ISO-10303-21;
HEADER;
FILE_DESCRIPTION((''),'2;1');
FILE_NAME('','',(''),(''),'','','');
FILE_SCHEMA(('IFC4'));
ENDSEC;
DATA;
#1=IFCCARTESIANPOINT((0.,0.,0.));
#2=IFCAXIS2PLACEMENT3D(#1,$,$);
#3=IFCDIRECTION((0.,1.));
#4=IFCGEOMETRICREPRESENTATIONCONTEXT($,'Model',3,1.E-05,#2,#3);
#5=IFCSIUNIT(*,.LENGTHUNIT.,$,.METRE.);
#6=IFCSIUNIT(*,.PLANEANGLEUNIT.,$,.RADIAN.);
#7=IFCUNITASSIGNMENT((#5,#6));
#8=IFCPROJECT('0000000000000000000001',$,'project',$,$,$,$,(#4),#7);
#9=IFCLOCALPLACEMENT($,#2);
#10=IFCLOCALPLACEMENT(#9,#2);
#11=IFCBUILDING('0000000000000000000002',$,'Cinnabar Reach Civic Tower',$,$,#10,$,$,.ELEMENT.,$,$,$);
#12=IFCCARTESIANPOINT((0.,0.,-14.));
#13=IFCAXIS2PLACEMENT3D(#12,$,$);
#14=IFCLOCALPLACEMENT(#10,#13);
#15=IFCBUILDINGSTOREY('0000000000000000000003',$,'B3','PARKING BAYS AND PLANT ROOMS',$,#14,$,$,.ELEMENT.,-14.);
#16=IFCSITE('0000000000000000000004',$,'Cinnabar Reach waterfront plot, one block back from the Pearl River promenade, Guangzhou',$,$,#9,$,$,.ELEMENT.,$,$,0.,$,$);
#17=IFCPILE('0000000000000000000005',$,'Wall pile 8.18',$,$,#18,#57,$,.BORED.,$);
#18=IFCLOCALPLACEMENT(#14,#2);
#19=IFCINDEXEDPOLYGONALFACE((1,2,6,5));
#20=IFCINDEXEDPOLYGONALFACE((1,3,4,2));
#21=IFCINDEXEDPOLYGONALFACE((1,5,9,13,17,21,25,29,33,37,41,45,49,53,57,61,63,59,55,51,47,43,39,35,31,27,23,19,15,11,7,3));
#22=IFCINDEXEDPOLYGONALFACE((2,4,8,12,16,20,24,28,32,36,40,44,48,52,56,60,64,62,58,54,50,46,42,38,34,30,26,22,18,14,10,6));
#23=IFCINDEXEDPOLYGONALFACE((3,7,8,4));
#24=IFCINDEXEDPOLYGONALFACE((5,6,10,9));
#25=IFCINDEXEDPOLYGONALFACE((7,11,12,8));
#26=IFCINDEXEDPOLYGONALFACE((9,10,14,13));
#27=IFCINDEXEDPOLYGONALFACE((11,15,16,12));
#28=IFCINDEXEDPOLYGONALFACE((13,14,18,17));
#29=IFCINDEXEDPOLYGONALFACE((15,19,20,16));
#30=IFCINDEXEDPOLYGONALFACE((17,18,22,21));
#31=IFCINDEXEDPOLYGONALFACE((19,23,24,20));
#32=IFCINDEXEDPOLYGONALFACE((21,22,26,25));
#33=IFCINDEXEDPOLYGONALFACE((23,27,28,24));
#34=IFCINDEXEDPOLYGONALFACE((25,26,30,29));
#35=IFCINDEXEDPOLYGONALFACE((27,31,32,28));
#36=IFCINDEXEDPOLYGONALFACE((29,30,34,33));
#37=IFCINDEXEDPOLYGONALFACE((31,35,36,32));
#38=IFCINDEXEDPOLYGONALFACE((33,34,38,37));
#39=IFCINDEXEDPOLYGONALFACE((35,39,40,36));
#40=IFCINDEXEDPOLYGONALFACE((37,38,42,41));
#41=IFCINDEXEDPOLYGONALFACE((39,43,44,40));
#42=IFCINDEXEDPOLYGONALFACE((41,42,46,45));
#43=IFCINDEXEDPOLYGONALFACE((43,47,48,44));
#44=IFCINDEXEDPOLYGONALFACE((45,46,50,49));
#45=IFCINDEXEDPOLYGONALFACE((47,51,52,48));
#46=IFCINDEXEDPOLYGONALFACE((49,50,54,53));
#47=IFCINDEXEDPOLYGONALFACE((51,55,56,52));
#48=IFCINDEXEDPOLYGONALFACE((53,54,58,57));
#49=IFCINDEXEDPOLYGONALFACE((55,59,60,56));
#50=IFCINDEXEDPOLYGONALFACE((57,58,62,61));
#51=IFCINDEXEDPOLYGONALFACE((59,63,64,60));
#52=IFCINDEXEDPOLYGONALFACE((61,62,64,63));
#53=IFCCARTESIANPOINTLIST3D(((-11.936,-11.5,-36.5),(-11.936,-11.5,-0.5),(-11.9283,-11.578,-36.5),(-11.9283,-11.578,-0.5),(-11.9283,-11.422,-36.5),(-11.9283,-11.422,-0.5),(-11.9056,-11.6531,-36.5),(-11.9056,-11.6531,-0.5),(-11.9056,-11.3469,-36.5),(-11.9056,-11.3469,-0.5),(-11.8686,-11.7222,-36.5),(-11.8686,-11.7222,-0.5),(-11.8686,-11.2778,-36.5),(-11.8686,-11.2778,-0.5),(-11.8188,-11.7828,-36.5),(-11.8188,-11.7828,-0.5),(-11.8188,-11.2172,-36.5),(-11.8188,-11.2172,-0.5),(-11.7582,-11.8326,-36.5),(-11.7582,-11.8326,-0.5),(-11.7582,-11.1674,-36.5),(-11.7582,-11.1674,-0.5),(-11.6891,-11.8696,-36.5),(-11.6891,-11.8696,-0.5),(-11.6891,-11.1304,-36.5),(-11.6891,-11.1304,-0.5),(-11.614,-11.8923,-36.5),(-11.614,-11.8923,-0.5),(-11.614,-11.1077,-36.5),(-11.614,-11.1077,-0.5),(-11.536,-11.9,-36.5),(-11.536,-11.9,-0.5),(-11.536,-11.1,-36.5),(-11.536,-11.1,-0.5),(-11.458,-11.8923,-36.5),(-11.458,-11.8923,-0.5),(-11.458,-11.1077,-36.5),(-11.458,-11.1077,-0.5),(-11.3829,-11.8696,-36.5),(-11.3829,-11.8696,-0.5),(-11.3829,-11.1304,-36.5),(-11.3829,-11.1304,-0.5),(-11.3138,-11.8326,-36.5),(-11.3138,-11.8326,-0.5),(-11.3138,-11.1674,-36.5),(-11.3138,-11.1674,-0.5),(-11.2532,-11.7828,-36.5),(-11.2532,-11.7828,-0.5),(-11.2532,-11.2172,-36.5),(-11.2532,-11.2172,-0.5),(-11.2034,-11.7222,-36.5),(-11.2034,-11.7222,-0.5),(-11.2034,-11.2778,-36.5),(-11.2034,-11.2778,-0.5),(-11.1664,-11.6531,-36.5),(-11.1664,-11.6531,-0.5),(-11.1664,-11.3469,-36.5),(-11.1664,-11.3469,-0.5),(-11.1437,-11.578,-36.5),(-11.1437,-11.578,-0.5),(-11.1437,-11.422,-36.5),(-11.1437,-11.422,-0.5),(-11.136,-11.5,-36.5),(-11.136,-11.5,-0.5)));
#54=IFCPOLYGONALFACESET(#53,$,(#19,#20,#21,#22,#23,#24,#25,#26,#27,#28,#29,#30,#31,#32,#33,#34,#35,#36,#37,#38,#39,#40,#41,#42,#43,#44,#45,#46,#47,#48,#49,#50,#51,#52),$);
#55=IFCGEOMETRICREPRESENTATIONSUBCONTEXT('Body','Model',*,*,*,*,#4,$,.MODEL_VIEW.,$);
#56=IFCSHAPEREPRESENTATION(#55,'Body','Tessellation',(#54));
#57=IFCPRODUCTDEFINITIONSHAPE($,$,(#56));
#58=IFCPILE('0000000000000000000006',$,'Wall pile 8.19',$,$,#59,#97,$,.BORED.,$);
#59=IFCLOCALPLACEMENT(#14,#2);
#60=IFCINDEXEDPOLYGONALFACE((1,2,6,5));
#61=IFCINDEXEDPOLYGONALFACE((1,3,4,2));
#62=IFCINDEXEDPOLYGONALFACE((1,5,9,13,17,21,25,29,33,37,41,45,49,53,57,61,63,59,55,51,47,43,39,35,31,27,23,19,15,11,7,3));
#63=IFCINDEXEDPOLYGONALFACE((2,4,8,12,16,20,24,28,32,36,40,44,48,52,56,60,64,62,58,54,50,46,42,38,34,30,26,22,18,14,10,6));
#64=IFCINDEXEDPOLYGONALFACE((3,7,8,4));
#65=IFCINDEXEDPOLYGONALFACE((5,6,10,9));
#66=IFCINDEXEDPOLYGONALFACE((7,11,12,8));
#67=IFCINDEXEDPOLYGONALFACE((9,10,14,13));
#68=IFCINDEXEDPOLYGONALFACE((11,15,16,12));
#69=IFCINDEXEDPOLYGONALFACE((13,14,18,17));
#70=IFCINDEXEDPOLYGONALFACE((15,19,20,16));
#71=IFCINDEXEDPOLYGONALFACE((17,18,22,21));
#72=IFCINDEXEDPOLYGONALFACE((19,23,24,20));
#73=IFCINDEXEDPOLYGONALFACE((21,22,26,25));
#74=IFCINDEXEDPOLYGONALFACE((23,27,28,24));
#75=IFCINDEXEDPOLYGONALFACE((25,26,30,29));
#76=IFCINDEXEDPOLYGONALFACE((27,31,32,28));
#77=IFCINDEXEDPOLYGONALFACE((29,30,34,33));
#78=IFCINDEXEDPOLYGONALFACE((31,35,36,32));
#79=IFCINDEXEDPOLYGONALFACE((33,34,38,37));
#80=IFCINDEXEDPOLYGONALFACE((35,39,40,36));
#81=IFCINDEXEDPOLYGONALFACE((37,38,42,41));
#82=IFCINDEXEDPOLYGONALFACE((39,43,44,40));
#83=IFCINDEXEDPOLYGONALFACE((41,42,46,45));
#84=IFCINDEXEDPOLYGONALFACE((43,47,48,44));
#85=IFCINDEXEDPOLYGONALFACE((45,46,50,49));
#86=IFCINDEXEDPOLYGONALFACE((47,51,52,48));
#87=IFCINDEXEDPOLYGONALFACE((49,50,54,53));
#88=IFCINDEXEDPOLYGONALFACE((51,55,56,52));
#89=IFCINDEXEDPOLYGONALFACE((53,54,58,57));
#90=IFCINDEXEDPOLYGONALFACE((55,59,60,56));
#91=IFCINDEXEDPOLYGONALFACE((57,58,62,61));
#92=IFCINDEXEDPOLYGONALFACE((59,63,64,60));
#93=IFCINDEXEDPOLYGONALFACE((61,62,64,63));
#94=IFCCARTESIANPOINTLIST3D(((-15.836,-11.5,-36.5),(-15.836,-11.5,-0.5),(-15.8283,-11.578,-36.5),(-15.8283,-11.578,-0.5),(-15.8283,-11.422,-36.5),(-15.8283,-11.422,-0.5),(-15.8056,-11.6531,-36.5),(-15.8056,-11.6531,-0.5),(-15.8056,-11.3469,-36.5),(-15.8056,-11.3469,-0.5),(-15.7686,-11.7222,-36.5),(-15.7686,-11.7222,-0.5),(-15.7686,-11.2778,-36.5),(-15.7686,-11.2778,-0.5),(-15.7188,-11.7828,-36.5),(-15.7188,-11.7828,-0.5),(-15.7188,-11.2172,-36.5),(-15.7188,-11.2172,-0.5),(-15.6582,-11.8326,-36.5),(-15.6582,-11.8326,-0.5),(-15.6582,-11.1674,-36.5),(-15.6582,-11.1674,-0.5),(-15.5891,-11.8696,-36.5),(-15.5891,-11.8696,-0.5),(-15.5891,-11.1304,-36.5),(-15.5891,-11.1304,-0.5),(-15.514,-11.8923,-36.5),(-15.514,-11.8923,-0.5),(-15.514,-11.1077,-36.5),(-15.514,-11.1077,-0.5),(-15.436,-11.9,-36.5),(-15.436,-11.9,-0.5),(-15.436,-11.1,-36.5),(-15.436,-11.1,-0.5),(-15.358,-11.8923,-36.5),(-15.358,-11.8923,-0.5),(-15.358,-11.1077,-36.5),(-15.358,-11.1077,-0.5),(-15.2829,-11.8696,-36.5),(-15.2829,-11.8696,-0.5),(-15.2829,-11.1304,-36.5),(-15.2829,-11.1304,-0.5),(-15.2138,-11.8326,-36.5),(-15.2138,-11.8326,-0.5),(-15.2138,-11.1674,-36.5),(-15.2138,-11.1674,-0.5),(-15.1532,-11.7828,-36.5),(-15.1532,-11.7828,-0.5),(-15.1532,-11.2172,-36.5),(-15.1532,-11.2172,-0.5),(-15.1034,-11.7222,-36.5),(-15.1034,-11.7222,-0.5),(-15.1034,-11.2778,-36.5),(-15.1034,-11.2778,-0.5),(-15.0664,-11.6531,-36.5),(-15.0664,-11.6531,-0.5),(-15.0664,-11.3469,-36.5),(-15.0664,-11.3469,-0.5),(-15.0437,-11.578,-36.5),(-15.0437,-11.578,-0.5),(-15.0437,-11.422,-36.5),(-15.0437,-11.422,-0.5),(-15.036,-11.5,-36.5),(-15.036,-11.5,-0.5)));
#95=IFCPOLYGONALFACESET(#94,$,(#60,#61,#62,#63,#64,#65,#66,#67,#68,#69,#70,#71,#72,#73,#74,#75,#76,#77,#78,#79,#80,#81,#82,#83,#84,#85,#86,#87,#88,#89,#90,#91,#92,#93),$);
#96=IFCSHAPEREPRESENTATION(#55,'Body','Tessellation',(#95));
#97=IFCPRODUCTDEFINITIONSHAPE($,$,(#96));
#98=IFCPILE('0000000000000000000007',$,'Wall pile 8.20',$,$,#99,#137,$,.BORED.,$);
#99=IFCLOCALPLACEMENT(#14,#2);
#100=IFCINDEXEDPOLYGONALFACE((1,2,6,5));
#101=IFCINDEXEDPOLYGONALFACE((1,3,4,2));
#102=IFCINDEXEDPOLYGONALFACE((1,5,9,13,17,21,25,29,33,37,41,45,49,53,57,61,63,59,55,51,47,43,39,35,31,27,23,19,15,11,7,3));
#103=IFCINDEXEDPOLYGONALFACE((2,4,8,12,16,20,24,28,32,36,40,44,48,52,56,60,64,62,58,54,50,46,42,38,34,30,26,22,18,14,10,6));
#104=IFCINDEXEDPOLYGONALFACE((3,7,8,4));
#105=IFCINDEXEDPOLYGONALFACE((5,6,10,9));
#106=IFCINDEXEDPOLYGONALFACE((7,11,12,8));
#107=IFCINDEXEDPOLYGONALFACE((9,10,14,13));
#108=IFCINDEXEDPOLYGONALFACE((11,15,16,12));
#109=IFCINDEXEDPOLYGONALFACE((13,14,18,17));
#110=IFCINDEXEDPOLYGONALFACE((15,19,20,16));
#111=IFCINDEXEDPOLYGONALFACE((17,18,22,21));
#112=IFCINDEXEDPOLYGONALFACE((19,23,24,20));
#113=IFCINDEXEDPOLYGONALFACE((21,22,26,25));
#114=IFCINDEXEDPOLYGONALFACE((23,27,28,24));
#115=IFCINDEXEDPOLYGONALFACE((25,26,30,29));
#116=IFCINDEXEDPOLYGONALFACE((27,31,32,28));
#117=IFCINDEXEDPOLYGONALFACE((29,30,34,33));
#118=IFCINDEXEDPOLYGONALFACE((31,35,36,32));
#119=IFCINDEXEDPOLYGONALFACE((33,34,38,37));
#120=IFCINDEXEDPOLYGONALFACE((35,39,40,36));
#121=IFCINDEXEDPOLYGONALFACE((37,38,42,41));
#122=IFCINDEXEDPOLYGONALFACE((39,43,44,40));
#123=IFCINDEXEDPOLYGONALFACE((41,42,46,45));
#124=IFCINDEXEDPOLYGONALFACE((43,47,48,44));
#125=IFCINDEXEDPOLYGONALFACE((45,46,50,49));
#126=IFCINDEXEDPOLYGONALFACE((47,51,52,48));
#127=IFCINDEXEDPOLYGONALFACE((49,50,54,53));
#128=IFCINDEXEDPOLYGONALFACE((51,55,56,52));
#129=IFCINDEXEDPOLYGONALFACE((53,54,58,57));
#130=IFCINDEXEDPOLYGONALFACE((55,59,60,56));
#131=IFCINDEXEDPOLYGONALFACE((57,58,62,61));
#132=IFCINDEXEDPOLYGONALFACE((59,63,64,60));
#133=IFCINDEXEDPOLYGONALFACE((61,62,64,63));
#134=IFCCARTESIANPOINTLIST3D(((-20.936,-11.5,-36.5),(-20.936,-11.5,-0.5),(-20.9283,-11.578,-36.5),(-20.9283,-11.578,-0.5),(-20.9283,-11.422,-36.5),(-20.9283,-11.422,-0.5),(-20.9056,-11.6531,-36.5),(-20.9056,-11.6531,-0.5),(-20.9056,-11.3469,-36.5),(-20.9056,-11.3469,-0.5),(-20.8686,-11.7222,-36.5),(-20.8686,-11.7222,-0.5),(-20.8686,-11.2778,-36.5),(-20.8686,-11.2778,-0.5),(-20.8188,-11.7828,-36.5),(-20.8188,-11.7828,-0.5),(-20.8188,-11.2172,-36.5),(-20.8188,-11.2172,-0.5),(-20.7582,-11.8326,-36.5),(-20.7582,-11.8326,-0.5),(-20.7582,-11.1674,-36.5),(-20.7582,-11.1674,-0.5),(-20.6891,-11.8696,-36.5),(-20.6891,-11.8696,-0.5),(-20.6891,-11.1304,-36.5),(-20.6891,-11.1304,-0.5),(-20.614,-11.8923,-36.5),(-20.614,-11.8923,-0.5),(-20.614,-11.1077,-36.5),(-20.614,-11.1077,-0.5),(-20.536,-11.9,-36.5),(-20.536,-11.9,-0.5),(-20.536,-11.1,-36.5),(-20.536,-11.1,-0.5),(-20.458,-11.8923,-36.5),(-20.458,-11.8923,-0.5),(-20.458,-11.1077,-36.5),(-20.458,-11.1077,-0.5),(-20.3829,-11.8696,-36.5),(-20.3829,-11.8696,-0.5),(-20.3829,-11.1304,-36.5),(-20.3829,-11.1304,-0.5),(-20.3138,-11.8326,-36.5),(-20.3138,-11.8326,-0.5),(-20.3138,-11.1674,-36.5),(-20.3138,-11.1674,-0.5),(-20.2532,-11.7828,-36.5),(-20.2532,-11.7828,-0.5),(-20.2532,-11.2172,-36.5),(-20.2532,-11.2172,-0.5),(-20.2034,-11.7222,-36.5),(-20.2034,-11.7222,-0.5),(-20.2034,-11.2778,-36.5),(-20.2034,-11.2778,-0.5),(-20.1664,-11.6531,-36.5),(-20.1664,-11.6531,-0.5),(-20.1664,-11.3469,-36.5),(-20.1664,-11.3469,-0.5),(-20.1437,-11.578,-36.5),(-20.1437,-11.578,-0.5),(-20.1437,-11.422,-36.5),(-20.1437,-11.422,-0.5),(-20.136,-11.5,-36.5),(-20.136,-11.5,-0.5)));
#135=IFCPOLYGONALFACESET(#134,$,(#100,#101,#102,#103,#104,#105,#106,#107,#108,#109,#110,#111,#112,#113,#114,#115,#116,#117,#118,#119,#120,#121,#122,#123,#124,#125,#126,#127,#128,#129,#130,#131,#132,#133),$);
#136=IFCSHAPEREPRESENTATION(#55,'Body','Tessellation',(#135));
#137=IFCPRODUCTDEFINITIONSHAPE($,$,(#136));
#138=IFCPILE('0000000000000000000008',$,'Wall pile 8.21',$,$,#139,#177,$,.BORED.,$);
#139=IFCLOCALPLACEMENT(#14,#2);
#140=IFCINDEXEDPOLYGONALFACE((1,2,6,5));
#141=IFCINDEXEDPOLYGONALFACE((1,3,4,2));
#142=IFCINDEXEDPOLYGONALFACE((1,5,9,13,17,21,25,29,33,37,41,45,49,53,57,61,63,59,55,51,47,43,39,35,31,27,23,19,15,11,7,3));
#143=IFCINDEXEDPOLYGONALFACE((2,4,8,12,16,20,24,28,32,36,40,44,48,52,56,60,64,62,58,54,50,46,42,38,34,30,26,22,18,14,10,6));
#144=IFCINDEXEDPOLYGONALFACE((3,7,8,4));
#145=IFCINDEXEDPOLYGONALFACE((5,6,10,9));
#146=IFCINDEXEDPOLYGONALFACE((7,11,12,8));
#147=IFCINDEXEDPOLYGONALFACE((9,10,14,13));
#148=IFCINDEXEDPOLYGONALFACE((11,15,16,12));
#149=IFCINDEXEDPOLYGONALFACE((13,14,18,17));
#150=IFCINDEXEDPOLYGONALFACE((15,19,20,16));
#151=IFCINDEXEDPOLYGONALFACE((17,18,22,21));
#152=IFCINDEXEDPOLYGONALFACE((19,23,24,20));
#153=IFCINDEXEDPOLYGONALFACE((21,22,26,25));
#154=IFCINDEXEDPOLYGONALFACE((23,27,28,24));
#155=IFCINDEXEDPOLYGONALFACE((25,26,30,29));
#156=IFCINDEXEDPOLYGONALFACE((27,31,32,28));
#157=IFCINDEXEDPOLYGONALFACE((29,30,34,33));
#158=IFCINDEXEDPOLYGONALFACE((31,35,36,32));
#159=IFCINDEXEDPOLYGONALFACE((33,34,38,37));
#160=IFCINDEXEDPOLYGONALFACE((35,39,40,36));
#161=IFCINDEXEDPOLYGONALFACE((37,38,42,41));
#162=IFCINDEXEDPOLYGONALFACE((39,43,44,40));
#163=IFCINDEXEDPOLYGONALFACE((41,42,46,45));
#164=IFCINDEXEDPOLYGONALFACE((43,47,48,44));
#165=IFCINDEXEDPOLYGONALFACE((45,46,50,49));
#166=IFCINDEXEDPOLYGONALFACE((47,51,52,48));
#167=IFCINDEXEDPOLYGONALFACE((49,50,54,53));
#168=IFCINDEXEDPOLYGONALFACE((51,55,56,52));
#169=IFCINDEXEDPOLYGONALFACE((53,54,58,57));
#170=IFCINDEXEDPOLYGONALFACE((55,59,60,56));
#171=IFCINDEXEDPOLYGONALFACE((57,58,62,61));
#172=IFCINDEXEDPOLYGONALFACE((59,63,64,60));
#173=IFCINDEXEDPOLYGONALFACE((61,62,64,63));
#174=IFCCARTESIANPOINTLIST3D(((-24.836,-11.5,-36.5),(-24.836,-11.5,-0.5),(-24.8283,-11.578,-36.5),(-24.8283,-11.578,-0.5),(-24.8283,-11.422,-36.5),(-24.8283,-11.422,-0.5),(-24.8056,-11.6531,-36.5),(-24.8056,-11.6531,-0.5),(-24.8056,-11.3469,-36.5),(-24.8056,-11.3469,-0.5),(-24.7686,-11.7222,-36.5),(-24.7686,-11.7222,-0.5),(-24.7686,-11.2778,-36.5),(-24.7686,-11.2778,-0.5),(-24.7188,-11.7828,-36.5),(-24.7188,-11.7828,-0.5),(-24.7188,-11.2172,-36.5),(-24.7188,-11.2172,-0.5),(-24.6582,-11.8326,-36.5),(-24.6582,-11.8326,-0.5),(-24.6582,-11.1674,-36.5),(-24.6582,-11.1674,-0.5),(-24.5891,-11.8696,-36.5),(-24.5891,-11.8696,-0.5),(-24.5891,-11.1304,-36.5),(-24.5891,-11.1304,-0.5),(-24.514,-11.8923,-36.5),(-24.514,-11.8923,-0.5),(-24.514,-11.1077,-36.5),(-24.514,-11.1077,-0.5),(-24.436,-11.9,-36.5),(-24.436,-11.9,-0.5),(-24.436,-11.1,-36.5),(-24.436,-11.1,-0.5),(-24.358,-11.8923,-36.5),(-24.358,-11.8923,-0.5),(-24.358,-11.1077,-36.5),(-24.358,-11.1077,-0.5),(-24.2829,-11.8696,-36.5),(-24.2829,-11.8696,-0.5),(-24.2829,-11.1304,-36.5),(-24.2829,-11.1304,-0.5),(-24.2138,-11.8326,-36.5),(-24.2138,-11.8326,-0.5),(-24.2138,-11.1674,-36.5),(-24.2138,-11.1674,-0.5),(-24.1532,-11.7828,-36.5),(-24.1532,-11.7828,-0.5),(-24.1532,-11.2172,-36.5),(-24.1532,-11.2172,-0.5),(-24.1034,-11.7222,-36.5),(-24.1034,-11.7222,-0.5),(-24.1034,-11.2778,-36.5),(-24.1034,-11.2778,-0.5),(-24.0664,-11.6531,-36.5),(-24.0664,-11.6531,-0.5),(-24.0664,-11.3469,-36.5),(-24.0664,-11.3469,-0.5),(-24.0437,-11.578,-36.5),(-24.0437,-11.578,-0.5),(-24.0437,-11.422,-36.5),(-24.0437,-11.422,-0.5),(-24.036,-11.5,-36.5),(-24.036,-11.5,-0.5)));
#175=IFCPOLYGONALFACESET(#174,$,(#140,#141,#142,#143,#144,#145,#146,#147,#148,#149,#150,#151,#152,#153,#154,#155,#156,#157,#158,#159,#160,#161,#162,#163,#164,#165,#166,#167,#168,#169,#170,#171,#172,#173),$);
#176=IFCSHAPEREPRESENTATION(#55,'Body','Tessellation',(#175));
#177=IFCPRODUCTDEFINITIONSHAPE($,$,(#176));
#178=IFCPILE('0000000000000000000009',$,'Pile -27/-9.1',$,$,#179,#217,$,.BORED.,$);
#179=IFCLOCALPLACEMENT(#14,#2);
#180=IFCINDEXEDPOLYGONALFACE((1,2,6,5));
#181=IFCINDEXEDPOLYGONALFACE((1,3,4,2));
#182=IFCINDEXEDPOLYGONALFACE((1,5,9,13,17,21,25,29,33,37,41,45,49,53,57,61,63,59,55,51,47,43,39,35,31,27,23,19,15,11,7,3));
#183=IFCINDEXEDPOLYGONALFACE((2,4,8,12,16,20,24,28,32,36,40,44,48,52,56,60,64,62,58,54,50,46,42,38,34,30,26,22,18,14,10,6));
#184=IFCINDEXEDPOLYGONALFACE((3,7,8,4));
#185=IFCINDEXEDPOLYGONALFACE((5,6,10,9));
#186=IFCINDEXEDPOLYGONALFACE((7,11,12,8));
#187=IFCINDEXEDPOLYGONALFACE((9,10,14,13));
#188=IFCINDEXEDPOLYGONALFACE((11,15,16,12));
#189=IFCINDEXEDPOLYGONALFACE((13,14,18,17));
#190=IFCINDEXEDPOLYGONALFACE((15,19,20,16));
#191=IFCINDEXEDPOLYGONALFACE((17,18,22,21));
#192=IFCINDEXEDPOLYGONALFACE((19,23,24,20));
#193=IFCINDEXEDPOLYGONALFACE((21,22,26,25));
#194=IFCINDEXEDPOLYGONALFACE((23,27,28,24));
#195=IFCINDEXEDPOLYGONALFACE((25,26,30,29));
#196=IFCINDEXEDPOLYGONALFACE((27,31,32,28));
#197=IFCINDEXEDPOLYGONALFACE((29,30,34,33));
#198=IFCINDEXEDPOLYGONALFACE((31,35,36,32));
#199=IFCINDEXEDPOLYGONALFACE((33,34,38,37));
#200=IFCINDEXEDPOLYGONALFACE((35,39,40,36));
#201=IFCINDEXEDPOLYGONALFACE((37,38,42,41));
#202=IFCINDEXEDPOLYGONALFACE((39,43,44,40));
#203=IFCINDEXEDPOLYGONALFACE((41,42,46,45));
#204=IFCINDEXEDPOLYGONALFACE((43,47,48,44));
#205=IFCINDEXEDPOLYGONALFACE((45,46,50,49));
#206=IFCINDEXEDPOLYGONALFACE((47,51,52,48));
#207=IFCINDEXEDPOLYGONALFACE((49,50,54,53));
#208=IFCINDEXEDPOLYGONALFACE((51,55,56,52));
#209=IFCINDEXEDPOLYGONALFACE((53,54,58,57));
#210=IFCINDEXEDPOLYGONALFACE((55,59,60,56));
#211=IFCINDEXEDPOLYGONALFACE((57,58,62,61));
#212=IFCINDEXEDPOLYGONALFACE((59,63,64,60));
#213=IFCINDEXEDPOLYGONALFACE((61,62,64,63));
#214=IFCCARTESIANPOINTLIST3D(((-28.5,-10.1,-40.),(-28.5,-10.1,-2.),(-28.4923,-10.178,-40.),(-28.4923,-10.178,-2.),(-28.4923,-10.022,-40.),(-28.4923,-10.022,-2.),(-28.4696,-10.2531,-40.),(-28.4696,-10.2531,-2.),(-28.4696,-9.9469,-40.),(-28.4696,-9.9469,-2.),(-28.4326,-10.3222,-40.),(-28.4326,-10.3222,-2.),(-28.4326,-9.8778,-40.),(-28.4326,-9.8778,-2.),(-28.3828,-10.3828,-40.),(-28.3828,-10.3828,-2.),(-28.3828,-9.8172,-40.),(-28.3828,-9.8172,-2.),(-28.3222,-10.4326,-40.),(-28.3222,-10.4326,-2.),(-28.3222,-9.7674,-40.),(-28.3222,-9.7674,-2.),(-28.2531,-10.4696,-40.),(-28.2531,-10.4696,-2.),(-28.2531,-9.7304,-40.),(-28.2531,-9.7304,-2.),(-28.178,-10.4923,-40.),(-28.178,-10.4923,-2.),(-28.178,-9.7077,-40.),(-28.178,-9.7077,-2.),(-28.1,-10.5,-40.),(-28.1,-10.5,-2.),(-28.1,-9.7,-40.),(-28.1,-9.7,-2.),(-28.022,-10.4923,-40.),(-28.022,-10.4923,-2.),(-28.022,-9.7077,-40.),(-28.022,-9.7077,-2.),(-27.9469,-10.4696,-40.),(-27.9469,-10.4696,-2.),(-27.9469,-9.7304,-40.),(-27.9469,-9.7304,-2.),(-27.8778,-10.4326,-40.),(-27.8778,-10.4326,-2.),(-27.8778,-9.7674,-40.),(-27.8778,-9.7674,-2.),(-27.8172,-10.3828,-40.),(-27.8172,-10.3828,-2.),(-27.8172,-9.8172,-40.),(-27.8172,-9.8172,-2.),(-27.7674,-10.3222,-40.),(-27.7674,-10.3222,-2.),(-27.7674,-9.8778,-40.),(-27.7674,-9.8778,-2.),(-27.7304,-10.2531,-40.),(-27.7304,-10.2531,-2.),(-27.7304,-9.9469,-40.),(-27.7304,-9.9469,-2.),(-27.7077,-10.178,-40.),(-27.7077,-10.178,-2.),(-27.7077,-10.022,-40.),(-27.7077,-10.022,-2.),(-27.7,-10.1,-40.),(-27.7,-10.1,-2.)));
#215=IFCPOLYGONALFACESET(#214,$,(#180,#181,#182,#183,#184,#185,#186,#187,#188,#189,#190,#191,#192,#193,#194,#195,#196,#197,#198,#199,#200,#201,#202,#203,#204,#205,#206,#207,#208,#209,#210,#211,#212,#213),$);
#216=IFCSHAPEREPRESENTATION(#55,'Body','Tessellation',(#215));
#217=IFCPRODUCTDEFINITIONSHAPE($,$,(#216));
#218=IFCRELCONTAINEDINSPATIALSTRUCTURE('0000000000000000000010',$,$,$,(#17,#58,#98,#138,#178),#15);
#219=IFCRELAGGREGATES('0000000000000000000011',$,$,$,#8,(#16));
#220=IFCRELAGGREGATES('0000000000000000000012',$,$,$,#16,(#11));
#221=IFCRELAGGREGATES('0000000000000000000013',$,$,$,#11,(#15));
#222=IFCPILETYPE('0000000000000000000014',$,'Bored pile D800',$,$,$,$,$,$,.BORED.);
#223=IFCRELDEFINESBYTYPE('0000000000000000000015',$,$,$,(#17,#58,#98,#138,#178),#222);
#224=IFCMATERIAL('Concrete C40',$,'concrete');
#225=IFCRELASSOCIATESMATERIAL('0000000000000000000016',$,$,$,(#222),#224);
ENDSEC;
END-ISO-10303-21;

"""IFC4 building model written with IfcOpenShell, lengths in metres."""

from ifc_helpers import new_model, si_unit, direction, frame, origin, origin_2d, place, context, subcontext, project, spatial, circle, extrude, material, type_object, element, save


model = new_model("IFC4")

# Units and contexts
model_context = context("Model", 3, precision=1e-05, world=origin(), true_north=direction((0.0, 1.0)))
body_context = subcontext(model_context, "Body", "Model", "MODEL_VIEW")
ifc_project = project(units=[si_unit("LENGTHUNIT", "METRE"), si_unit("PLANEANGLEUNIT", "RADIAN")], contexts=[model_context])

# Site, building, storey
site_placement = place(None, origin())
site = spatial("IfcSite", under=ifc_project, at=site_placement, Name="Cinnabar Reach waterfront plot, one block back from the Pearl River promenade, Guangzhou", CompositionType="ELEMENT", RefElevation=0.0)
building_placement = place(site_placement, origin())
building = spatial("IfcBuilding", under=site, at=building_placement, Name="Cinnabar Reach Civic Tower", CompositionType="ELEMENT")
storey_placement = place(building_placement, frame((0.0, 0.0, -14.0)))
storey = spatial("IfcBuildingStorey", under=building, at=storey_placement, Name="B3", Description="PARKING BAYS AND PLANT ROOMS", CompositionType="ELEMENT", Elevation=-14.0)

# Piles
ifc_material_1 = material(Name="Concrete C40", Category="concrete")
pile_type = type_object("IfcPileType", Name="Bored pile D800", PredefinedType="BORED", material=ifc_material_1)
for number, where, z_axis, x_axis, name in (
    (1, (-11.536, -11.5, -0.5), (0.0, 0.0, -1.0), (1.0, 0.0, 0.0), "Wall pile 8.18"),
    (2, (-15.436, -11.5, -0.5), (0.0, 0.0, -1.0), (1.0, 0.0, 0.0), "Wall pile 8.19"),
    (3, (-20.536, -11.5, -0.5), (0.0, 0.0, -1.0), (1.0, 0.0, 0.0), "Wall pile 8.20"),
    (4, (-24.436, -11.5, -0.5), (0.0, 0.0, -1.0), (1.0, 0.0, 0.0), "Wall pile 8.21"),
):
    element("IfcPile", number, at=place(storey_placement, frame(where, z_axis=z_axis, x_axis=x_axis)), inside=storey, type_object=pile_type, Name=name, PredefinedType="BORED", context=body_context, shape_type="SweptSolid", body=[
        extrude(circle(Radius=0.4, at=origin_2d()), origin(), (0.0, 0.0, 1.0), 36.0),
    ])
for number, where, z_axis, x_axis, name in (
    (5, (-28.1, -10.1, -2.0), (0.0, 0.0, -1.0), (1.0, 0.0, 0.0), "Pile -27/-9.1"),
):
    element("IfcPile", number, at=place(storey_placement, frame(where, z_axis=z_axis, x_axis=x_axis)), inside=storey, type_object=pile_type, Name=name, PredefinedType="BORED", context=body_context, shape_type="SweptSolid", body=[
        extrude(circle(Radius=0.4, at=origin_2d()), origin(), (0.0, 0.0, 1.0), 38.0),
    ])

save(model, "model.ifc")
